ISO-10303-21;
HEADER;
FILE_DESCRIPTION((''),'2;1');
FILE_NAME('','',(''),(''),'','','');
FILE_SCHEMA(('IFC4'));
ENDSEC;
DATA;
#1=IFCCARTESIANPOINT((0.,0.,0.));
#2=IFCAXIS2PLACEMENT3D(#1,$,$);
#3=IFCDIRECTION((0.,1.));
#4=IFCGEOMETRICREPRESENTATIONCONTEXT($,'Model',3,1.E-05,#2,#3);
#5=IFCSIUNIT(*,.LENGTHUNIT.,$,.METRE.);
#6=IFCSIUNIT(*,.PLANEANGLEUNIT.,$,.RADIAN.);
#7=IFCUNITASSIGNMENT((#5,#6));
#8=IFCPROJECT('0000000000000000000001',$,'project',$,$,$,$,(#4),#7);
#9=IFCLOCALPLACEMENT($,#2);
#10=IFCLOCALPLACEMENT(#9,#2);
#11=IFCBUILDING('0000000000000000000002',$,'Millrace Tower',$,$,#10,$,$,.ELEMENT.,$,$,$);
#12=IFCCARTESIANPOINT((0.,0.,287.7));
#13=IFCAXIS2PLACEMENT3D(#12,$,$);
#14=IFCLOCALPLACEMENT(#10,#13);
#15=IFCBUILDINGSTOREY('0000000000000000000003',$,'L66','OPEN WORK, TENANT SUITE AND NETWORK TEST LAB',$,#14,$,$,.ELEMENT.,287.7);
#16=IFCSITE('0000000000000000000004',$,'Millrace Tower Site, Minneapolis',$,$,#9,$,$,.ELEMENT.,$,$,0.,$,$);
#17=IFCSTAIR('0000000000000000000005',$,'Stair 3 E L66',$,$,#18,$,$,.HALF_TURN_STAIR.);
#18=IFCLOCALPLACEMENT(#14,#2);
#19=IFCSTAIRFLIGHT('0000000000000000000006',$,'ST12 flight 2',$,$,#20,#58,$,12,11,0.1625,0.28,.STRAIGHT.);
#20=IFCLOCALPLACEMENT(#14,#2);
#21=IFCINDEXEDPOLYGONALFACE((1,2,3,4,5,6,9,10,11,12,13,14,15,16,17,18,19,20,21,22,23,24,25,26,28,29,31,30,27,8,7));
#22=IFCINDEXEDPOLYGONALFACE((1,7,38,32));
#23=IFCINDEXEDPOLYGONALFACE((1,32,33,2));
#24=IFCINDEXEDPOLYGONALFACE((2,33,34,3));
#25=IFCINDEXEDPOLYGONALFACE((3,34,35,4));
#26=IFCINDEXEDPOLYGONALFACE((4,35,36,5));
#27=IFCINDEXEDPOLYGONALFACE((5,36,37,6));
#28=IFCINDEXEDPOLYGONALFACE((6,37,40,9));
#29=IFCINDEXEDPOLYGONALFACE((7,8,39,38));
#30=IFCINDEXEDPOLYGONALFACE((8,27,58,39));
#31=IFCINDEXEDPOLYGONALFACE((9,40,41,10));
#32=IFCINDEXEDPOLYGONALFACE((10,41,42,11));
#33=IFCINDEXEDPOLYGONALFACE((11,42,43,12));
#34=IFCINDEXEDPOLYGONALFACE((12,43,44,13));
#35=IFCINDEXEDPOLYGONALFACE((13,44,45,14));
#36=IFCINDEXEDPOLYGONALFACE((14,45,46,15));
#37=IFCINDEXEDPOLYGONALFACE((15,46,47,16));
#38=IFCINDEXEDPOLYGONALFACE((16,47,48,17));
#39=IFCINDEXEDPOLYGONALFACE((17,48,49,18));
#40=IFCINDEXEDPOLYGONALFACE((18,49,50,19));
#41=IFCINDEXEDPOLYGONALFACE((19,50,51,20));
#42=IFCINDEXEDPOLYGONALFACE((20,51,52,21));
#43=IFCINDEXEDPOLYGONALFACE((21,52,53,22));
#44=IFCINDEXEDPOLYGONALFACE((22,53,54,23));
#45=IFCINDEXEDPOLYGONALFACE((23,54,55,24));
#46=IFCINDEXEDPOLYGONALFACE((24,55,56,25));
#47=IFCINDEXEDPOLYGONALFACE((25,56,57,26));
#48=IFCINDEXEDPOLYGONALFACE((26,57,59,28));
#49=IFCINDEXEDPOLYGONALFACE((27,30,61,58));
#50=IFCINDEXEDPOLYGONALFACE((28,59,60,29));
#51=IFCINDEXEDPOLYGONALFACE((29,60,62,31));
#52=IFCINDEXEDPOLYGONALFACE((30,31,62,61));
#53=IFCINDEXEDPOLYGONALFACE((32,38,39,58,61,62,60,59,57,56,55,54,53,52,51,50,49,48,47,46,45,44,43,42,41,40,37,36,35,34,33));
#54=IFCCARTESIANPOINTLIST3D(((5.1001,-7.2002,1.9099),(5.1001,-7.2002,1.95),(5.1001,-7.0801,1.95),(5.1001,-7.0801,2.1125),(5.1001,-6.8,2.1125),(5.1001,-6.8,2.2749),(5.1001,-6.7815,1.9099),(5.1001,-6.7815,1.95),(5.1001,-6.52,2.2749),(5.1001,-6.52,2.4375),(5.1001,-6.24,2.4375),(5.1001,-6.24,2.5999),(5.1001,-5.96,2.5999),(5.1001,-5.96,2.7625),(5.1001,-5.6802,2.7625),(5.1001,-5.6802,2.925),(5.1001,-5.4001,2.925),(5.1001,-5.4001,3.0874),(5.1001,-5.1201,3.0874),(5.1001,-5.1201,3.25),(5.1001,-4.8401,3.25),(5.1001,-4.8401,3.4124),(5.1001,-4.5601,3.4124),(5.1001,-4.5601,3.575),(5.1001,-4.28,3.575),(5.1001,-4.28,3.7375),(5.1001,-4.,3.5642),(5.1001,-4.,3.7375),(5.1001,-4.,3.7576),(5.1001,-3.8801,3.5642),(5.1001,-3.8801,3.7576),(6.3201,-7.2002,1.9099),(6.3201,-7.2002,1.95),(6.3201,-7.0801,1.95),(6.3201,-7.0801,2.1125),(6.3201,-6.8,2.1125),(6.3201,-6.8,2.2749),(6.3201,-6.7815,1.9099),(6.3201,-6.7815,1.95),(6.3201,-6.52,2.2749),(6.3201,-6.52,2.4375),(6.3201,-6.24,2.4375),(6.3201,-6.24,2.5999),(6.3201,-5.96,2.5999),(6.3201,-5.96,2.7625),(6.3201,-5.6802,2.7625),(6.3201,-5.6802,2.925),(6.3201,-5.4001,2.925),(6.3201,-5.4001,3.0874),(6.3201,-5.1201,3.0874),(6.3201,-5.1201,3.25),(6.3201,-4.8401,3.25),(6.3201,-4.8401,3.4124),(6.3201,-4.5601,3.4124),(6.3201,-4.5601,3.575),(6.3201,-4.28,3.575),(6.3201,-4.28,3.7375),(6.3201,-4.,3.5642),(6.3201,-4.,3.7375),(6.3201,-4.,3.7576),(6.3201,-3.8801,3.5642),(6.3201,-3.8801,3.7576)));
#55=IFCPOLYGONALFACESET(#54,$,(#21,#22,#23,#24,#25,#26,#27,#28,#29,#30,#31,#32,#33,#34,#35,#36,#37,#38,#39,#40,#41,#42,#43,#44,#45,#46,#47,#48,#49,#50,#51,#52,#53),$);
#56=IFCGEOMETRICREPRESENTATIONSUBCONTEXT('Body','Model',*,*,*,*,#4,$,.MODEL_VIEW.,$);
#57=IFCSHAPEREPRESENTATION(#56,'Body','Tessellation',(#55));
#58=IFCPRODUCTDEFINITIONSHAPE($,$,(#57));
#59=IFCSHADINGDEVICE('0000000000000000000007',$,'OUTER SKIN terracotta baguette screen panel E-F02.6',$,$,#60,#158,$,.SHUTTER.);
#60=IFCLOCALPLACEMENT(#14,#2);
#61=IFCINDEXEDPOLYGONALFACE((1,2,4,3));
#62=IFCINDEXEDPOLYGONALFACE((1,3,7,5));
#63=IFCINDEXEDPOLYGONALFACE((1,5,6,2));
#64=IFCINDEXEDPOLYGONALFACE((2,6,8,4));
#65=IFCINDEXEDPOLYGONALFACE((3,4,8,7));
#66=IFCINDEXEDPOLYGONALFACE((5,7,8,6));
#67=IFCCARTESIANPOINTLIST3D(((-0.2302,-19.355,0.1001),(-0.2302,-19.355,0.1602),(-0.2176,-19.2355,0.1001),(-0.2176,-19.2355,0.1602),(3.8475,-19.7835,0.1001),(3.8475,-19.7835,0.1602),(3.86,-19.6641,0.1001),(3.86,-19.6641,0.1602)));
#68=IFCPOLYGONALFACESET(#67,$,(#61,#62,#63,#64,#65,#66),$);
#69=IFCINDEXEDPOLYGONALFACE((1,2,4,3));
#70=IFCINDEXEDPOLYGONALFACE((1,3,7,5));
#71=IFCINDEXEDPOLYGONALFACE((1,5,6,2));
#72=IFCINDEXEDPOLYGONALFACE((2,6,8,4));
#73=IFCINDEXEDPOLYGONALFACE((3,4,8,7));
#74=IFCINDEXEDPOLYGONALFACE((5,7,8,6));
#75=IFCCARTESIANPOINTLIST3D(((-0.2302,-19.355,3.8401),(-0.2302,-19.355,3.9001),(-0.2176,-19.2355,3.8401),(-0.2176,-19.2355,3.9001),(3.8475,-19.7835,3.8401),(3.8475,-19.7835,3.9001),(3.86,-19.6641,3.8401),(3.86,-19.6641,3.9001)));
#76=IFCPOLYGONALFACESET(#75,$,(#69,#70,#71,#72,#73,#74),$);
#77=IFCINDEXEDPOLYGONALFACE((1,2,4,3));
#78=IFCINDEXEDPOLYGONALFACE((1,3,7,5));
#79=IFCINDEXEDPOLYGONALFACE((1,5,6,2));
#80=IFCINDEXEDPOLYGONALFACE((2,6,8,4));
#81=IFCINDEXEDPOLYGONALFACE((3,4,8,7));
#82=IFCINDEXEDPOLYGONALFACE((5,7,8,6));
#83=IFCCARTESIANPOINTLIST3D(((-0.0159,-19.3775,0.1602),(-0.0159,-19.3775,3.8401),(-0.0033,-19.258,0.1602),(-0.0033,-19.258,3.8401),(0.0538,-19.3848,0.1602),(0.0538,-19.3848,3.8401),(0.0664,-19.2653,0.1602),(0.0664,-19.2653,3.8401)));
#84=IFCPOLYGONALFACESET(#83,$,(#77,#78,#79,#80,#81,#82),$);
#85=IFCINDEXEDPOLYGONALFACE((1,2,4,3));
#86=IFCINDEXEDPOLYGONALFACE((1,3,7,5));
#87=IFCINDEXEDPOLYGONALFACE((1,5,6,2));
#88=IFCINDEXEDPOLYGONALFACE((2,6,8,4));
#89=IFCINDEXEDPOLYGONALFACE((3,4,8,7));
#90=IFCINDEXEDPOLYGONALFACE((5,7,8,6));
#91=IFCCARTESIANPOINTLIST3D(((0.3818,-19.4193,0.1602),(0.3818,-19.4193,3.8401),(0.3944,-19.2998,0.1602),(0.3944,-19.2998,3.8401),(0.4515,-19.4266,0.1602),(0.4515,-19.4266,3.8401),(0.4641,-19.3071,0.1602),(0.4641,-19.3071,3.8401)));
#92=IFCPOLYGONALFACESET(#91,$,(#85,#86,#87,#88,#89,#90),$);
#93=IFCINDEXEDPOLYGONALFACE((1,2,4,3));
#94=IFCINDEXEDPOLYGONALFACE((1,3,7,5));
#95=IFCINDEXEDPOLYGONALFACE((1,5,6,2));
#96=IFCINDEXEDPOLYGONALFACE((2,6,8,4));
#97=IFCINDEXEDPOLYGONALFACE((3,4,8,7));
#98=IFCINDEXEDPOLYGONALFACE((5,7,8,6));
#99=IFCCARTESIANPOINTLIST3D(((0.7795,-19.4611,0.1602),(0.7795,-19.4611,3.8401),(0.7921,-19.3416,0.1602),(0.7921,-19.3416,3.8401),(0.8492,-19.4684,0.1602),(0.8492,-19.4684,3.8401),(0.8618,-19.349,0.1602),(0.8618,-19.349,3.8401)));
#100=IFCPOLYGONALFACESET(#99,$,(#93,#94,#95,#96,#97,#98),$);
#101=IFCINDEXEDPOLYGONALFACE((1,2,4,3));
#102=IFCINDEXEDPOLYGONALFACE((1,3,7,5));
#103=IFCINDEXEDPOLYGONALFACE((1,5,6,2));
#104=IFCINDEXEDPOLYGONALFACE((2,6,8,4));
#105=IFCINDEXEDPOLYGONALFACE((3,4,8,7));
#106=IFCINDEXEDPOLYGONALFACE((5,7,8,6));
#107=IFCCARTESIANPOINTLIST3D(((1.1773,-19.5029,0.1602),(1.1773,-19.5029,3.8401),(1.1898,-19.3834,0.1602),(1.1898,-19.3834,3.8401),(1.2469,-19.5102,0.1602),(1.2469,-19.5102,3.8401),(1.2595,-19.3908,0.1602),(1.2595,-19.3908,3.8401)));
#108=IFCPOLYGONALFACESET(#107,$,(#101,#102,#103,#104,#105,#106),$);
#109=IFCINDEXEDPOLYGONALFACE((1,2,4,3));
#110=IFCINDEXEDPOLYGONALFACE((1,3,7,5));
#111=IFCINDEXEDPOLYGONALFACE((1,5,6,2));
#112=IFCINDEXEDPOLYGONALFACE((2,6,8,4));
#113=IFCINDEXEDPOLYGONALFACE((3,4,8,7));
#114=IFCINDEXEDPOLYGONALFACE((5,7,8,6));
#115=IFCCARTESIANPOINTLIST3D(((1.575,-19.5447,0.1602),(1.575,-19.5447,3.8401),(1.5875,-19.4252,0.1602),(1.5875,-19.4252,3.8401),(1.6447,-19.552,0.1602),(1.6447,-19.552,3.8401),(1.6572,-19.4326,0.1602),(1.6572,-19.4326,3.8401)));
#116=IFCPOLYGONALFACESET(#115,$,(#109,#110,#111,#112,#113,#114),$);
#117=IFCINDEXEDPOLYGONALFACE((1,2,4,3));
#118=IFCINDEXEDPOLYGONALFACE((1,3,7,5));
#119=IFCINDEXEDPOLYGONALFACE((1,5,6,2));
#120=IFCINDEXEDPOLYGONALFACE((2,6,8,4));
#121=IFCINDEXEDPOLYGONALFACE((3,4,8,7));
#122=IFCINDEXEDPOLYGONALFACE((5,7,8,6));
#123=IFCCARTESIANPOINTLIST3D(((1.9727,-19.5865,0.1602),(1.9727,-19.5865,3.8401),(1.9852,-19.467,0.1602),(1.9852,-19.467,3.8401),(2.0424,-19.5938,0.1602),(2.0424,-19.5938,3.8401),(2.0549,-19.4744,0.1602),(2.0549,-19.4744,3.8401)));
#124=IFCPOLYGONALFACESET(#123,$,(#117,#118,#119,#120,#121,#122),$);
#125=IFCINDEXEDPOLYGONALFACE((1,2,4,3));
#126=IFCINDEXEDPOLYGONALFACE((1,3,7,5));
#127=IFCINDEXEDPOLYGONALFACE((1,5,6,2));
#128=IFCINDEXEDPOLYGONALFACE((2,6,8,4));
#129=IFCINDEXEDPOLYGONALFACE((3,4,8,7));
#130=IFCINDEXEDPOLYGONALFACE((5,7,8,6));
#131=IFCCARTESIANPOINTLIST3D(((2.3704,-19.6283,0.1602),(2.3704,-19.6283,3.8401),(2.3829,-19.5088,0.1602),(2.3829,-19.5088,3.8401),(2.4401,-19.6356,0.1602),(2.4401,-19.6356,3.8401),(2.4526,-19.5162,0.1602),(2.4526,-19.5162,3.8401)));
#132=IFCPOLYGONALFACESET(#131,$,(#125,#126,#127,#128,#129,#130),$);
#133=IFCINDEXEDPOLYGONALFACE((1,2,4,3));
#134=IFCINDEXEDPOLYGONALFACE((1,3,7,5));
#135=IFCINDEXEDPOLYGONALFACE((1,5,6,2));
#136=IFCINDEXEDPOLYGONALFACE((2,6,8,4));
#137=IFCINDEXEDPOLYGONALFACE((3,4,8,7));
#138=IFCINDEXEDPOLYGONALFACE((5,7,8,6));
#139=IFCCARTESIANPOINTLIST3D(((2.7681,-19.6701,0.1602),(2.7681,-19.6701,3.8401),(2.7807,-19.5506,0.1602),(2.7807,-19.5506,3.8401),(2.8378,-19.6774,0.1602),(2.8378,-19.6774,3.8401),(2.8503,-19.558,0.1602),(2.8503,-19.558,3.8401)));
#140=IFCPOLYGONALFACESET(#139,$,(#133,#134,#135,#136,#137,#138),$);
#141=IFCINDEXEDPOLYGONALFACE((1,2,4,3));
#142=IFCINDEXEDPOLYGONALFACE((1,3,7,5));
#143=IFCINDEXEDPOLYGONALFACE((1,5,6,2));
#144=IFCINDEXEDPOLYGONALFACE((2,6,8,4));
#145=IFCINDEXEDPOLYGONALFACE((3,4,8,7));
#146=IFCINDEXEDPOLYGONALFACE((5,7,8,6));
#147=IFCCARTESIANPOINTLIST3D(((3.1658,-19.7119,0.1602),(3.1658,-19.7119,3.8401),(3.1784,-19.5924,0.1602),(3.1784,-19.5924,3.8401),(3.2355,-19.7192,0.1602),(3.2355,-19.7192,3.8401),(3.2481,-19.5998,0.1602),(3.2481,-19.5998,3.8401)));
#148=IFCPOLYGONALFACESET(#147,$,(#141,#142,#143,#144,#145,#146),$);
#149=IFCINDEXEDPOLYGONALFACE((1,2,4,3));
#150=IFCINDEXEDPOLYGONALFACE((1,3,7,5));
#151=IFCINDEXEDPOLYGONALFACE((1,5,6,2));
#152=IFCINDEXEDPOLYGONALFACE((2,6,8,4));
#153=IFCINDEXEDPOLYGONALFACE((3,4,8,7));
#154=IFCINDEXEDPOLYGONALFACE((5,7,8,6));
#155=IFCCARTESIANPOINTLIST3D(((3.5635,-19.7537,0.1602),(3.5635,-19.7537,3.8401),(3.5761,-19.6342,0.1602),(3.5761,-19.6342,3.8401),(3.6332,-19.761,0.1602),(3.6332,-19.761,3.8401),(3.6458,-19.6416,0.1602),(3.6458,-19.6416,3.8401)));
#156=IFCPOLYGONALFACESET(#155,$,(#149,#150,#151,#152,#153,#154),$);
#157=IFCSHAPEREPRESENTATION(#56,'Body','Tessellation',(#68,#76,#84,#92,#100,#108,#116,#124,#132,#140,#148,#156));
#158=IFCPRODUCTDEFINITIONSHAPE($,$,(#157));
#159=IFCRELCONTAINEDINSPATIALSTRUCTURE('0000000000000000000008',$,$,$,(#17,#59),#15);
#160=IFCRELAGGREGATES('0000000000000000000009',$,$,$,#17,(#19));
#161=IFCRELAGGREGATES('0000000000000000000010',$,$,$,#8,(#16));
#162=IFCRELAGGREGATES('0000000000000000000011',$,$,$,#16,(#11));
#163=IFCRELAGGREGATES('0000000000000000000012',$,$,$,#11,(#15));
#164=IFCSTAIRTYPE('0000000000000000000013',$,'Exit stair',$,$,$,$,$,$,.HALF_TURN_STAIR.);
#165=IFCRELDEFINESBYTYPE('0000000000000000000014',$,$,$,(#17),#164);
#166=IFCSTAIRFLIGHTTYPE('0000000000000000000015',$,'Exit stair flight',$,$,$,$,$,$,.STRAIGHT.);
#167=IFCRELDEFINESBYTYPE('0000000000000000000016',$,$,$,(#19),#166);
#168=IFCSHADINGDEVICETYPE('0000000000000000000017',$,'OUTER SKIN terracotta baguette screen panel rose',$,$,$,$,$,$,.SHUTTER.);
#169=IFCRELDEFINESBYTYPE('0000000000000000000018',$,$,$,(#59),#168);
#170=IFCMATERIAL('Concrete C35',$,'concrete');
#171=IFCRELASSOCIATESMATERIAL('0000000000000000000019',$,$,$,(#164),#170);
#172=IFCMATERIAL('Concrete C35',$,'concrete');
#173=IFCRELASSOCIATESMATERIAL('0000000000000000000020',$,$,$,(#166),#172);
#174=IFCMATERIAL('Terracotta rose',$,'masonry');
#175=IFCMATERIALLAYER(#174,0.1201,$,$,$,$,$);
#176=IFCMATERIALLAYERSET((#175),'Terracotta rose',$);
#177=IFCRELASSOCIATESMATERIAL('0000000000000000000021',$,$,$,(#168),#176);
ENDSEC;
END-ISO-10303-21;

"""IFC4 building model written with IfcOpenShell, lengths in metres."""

from ifc_helpers import new_model, entity, si_unit, direction, frame, frame_2d, origin, place, context, subcontext, project, spatial, polyline, rectangle, outline, extrude, source, transform, mapped, material, layer, layer_set, type_object, element, aggregate, save


model = new_model("IFC4")

# Units and contexts
model_context = context("Model", 3, precision=1e-05, world=origin(), true_north=direction((0.0, 1.0)))
body_context = subcontext(model_context, "Body", "Model", "MODEL_VIEW")
ifc_project = project(units=[si_unit("LENGTHUNIT", "METRE"), si_unit("PLANEANGLEUNIT", "RADIAN")], contexts=[model_context])

# Site, building, storey
site_placement = place(None, origin())
site = spatial("IfcSite", under=ifc_project, at=site_placement, Name="Millrace Tower Site, Minneapolis", CompositionType="ELEMENT", RefElevation=0.0)
building_placement = place(site_placement, origin())
building = spatial("IfcBuilding", under=site, at=building_placement, Name="Millrace Tower", CompositionType="ELEMENT")
storey_placement = place(building_placement, frame((0.0, 0.0, 287.7)))
storey = spatial("IfcBuildingStorey", under=building, at=storey_placement, Name="L66", Description="OPEN WORK, TENANT SUITE AND NETWORK TEST LAB", CompositionType="ELEMENT", Elevation=287.7)

# Shared definitions
placement = place(storey_placement, origin())

# Stair, stair flight
ifc_material_1 = material(Name="Concrete C35", Category="concrete")
stair_type = type_object("IfcStairType", Name="Exit stair", PredefinedType="HALF_TURN_STAIR", material=ifc_material_1)
ifc_material_2 = material(Name="Concrete C35", Category="concrete")
stair_flight_type = type_object("IfcStairFlightType", Name="Exit stair flight", PredefinedType="STRAIGHT", material=ifc_material_2)
stair_1 = element("IfcStair", 1, at=placement, inside=storey, type_object=stair_type, Name="Stair 3 E L66", PredefinedType="HALF_TURN_STAIR")
stair_flight_1_placement = place(storey_placement, frame((5.71, -7.0801, 1.95), z_axis=(0.0, 0.0, 1.0), x_axis=(0.0, 1.0, 0.0)))
stair_flight_1 = element("IfcStairFlight", 2, at=stair_flight_1_placement, type_object=stair_flight_type, Name="ST12 flight 2", NumberOfRisers=12, NumberOfTreads=11, PredefinedType="STRAIGHT", RiserHeight=0.1625, TreadLength=0.28, context=body_context, shape_type="SweptSolid", body=[
    extrude(outline(polyline([(-0.1201, -0.04), (-0.1201, 0.0), (0.0, 0.0), (0.0, 0.1626), (0.28, 0.1626), (0.28, 0.325), (0.5601, 0.325), (0.5601, 0.4875), (0.8401, 0.4875), (0.8401, 0.6499), (1.1201, 0.6499), (1.1201, 0.8125), (1.3999, 0.8125), (1.3999, 0.9751), (1.6799, 0.9751), (1.6799, 1.1375), (1.96, 1.1375), (1.96, 1.3), (2.24, 1.3), (2.24, 1.4624), (2.52, 1.4624), (2.52, 1.625), (2.8, 1.625), (2.8, 1.7876), (3.0801, 1.7876), (3.0801, 1.8076), (3.2, 1.8076), (3.2, 1.6143), (3.0801, 1.6143), (0.2986, 0.0), (0.2986, -0.04), (-0.1201, -0.04)])), frame((0.0, 0.6099, 0.0), z_axis=(0.0, -1.0, 0.0), x_axis=(1.0, 0.0, 0.0)), (0.0, 0.0, 1.0), 1.22),
])
aggregate(stair_1, [stair_flight_1])

# Shading device
ifc_material_3 = material(Name="Terracotta rose", Category="masonry")
ifc_layer_1 = layer(ifc_material_3, 0.1201)
ifc_layer_set_1 = layer_set([ifc_layer_1], Name="Terracotta rose")
shading_device_type = type_object("IfcShadingDeviceType", Name="OUTER SKIN terracotta baguette screen panel rose", PredefinedType="SHUTTER", material=ifc_layer_set_1)
cartesian_point = entity("IfcCartesianPoint", [-2.05, 0.0601])
shared_polyline = entity("IfcPolyline", [cartesian_point, entity("IfcCartesianPoint", [2.05, 0.0601]), entity("IfcCartesianPoint", [2.05, -0.0601]), entity("IfcCartesianPoint", [-2.05, -0.0601]), cartesian_point])
shared_shape = source(origin(), body_context, "Body", "SweptSolid", [
    entity("IfcExtrudedAreaSolid", entity("IfcArbitraryClosedProfileDef", "AREA", None, shared_polyline), entity("IfcAxis2Placement3D", entity("IfcCartesianPoint", [0.0, 0.0, 0.0])), entity("IfcDirection", [0.0, 0.0, 1.0]), 0.0601),
    entity("IfcExtrudedAreaSolid", entity("IfcArbitraryClosedProfileDef", "AREA", None, shared_polyline), entity("IfcAxis2Placement3D", entity("IfcCartesianPoint", [0.0, 0.0, 3.74])), entity("IfcDirection", [0.0, 0.0, 1.0]), 0.0601),
    extrude(rectangle(XDim=0.0701, YDim=0.1201, at=frame_2d((-1.7996, 0.0))), frame((0.0, 0.0, 0.0601)), (0.0, 0.0, 1.0), 3.6799),
    extrude(rectangle(XDim=0.0701, YDim=0.1201, at=frame_2d((-1.3997, 0.0))), frame((0.0, 0.0, 0.0601)), (0.0, 0.0, 1.0), 3.6799),
    extrude(rectangle(XDim=0.0701, YDim=0.1201, at=frame_2d((-0.9998, 0.0))), frame((0.0, 0.0, 0.0601)), (0.0, 0.0, 1.0), 3.6799),
    extrude(rectangle(XDim=0.0701, YDim=0.1201, at=frame_2d((-0.5999, 0.0))), frame((0.0, 0.0, 0.0601)), (0.0, 0.0, 1.0), 3.6799),
    extrude(rectangle(XDim=0.0701, YDim=0.1201, at=frame_2d((-0.2, 0.0))), frame((0.0, 0.0, 0.0601)), (0.0, 0.0, 1.0), 3.6799),
    extrude(rectangle(XDim=0.0701, YDim=0.1201, at=frame_2d((0.2, 0.0))), frame((0.0, 0.0, 0.0601)), (0.0, 0.0, 1.0), 3.6799),
    extrude(rectangle(XDim=0.0701, YDim=0.1201, at=frame_2d((0.5999, 0.0))), frame((0.0, 0.0, 0.0601)), (0.0, 0.0, 1.0), 3.6799),
    extrude(rectangle(XDim=0.0701, YDim=0.1201, at=frame_2d((0.9998, 0.0))), frame((0.0, 0.0, 0.0601)), (0.0, 0.0, 1.0), 3.6799),
    extrude(rectangle(XDim=0.0701, YDim=0.1201, at=frame_2d((1.3997, 0.0))), frame((0.0, 0.0, 0.0601)), (0.0, 0.0, 1.0), 3.6799),
    extrude(rectangle(XDim=0.0701, YDim=0.1201, at=frame_2d((1.7996, 0.0))), frame((0.0, 0.0, 0.0601)), (0.0, 0.0, 1.0), 3.6799),
])
for number, where, z_axis, x_axis, name in (
    (3, (1.8149, -19.5095, 0.1001), (0.0, 0.0, 1.0), (0.994522, -0.104528, 0.0), "OUTER SKIN terracotta baguette screen panel E-F02.6"),
):
    element("IfcShadingDevice", number, at=place(storey_placement, frame(where, z_axis=z_axis, x_axis=x_axis)), inside=storey, type_object=shading_device_type, Name=name, PredefinedType="SHUTTER", context=body_context, shape_type="MappedRepresentation", body=[
        mapped(shared_shape, transform((0.0, 0.0, 0.0), scale=1.0)),
    ])

save(model, "model.ifc")
